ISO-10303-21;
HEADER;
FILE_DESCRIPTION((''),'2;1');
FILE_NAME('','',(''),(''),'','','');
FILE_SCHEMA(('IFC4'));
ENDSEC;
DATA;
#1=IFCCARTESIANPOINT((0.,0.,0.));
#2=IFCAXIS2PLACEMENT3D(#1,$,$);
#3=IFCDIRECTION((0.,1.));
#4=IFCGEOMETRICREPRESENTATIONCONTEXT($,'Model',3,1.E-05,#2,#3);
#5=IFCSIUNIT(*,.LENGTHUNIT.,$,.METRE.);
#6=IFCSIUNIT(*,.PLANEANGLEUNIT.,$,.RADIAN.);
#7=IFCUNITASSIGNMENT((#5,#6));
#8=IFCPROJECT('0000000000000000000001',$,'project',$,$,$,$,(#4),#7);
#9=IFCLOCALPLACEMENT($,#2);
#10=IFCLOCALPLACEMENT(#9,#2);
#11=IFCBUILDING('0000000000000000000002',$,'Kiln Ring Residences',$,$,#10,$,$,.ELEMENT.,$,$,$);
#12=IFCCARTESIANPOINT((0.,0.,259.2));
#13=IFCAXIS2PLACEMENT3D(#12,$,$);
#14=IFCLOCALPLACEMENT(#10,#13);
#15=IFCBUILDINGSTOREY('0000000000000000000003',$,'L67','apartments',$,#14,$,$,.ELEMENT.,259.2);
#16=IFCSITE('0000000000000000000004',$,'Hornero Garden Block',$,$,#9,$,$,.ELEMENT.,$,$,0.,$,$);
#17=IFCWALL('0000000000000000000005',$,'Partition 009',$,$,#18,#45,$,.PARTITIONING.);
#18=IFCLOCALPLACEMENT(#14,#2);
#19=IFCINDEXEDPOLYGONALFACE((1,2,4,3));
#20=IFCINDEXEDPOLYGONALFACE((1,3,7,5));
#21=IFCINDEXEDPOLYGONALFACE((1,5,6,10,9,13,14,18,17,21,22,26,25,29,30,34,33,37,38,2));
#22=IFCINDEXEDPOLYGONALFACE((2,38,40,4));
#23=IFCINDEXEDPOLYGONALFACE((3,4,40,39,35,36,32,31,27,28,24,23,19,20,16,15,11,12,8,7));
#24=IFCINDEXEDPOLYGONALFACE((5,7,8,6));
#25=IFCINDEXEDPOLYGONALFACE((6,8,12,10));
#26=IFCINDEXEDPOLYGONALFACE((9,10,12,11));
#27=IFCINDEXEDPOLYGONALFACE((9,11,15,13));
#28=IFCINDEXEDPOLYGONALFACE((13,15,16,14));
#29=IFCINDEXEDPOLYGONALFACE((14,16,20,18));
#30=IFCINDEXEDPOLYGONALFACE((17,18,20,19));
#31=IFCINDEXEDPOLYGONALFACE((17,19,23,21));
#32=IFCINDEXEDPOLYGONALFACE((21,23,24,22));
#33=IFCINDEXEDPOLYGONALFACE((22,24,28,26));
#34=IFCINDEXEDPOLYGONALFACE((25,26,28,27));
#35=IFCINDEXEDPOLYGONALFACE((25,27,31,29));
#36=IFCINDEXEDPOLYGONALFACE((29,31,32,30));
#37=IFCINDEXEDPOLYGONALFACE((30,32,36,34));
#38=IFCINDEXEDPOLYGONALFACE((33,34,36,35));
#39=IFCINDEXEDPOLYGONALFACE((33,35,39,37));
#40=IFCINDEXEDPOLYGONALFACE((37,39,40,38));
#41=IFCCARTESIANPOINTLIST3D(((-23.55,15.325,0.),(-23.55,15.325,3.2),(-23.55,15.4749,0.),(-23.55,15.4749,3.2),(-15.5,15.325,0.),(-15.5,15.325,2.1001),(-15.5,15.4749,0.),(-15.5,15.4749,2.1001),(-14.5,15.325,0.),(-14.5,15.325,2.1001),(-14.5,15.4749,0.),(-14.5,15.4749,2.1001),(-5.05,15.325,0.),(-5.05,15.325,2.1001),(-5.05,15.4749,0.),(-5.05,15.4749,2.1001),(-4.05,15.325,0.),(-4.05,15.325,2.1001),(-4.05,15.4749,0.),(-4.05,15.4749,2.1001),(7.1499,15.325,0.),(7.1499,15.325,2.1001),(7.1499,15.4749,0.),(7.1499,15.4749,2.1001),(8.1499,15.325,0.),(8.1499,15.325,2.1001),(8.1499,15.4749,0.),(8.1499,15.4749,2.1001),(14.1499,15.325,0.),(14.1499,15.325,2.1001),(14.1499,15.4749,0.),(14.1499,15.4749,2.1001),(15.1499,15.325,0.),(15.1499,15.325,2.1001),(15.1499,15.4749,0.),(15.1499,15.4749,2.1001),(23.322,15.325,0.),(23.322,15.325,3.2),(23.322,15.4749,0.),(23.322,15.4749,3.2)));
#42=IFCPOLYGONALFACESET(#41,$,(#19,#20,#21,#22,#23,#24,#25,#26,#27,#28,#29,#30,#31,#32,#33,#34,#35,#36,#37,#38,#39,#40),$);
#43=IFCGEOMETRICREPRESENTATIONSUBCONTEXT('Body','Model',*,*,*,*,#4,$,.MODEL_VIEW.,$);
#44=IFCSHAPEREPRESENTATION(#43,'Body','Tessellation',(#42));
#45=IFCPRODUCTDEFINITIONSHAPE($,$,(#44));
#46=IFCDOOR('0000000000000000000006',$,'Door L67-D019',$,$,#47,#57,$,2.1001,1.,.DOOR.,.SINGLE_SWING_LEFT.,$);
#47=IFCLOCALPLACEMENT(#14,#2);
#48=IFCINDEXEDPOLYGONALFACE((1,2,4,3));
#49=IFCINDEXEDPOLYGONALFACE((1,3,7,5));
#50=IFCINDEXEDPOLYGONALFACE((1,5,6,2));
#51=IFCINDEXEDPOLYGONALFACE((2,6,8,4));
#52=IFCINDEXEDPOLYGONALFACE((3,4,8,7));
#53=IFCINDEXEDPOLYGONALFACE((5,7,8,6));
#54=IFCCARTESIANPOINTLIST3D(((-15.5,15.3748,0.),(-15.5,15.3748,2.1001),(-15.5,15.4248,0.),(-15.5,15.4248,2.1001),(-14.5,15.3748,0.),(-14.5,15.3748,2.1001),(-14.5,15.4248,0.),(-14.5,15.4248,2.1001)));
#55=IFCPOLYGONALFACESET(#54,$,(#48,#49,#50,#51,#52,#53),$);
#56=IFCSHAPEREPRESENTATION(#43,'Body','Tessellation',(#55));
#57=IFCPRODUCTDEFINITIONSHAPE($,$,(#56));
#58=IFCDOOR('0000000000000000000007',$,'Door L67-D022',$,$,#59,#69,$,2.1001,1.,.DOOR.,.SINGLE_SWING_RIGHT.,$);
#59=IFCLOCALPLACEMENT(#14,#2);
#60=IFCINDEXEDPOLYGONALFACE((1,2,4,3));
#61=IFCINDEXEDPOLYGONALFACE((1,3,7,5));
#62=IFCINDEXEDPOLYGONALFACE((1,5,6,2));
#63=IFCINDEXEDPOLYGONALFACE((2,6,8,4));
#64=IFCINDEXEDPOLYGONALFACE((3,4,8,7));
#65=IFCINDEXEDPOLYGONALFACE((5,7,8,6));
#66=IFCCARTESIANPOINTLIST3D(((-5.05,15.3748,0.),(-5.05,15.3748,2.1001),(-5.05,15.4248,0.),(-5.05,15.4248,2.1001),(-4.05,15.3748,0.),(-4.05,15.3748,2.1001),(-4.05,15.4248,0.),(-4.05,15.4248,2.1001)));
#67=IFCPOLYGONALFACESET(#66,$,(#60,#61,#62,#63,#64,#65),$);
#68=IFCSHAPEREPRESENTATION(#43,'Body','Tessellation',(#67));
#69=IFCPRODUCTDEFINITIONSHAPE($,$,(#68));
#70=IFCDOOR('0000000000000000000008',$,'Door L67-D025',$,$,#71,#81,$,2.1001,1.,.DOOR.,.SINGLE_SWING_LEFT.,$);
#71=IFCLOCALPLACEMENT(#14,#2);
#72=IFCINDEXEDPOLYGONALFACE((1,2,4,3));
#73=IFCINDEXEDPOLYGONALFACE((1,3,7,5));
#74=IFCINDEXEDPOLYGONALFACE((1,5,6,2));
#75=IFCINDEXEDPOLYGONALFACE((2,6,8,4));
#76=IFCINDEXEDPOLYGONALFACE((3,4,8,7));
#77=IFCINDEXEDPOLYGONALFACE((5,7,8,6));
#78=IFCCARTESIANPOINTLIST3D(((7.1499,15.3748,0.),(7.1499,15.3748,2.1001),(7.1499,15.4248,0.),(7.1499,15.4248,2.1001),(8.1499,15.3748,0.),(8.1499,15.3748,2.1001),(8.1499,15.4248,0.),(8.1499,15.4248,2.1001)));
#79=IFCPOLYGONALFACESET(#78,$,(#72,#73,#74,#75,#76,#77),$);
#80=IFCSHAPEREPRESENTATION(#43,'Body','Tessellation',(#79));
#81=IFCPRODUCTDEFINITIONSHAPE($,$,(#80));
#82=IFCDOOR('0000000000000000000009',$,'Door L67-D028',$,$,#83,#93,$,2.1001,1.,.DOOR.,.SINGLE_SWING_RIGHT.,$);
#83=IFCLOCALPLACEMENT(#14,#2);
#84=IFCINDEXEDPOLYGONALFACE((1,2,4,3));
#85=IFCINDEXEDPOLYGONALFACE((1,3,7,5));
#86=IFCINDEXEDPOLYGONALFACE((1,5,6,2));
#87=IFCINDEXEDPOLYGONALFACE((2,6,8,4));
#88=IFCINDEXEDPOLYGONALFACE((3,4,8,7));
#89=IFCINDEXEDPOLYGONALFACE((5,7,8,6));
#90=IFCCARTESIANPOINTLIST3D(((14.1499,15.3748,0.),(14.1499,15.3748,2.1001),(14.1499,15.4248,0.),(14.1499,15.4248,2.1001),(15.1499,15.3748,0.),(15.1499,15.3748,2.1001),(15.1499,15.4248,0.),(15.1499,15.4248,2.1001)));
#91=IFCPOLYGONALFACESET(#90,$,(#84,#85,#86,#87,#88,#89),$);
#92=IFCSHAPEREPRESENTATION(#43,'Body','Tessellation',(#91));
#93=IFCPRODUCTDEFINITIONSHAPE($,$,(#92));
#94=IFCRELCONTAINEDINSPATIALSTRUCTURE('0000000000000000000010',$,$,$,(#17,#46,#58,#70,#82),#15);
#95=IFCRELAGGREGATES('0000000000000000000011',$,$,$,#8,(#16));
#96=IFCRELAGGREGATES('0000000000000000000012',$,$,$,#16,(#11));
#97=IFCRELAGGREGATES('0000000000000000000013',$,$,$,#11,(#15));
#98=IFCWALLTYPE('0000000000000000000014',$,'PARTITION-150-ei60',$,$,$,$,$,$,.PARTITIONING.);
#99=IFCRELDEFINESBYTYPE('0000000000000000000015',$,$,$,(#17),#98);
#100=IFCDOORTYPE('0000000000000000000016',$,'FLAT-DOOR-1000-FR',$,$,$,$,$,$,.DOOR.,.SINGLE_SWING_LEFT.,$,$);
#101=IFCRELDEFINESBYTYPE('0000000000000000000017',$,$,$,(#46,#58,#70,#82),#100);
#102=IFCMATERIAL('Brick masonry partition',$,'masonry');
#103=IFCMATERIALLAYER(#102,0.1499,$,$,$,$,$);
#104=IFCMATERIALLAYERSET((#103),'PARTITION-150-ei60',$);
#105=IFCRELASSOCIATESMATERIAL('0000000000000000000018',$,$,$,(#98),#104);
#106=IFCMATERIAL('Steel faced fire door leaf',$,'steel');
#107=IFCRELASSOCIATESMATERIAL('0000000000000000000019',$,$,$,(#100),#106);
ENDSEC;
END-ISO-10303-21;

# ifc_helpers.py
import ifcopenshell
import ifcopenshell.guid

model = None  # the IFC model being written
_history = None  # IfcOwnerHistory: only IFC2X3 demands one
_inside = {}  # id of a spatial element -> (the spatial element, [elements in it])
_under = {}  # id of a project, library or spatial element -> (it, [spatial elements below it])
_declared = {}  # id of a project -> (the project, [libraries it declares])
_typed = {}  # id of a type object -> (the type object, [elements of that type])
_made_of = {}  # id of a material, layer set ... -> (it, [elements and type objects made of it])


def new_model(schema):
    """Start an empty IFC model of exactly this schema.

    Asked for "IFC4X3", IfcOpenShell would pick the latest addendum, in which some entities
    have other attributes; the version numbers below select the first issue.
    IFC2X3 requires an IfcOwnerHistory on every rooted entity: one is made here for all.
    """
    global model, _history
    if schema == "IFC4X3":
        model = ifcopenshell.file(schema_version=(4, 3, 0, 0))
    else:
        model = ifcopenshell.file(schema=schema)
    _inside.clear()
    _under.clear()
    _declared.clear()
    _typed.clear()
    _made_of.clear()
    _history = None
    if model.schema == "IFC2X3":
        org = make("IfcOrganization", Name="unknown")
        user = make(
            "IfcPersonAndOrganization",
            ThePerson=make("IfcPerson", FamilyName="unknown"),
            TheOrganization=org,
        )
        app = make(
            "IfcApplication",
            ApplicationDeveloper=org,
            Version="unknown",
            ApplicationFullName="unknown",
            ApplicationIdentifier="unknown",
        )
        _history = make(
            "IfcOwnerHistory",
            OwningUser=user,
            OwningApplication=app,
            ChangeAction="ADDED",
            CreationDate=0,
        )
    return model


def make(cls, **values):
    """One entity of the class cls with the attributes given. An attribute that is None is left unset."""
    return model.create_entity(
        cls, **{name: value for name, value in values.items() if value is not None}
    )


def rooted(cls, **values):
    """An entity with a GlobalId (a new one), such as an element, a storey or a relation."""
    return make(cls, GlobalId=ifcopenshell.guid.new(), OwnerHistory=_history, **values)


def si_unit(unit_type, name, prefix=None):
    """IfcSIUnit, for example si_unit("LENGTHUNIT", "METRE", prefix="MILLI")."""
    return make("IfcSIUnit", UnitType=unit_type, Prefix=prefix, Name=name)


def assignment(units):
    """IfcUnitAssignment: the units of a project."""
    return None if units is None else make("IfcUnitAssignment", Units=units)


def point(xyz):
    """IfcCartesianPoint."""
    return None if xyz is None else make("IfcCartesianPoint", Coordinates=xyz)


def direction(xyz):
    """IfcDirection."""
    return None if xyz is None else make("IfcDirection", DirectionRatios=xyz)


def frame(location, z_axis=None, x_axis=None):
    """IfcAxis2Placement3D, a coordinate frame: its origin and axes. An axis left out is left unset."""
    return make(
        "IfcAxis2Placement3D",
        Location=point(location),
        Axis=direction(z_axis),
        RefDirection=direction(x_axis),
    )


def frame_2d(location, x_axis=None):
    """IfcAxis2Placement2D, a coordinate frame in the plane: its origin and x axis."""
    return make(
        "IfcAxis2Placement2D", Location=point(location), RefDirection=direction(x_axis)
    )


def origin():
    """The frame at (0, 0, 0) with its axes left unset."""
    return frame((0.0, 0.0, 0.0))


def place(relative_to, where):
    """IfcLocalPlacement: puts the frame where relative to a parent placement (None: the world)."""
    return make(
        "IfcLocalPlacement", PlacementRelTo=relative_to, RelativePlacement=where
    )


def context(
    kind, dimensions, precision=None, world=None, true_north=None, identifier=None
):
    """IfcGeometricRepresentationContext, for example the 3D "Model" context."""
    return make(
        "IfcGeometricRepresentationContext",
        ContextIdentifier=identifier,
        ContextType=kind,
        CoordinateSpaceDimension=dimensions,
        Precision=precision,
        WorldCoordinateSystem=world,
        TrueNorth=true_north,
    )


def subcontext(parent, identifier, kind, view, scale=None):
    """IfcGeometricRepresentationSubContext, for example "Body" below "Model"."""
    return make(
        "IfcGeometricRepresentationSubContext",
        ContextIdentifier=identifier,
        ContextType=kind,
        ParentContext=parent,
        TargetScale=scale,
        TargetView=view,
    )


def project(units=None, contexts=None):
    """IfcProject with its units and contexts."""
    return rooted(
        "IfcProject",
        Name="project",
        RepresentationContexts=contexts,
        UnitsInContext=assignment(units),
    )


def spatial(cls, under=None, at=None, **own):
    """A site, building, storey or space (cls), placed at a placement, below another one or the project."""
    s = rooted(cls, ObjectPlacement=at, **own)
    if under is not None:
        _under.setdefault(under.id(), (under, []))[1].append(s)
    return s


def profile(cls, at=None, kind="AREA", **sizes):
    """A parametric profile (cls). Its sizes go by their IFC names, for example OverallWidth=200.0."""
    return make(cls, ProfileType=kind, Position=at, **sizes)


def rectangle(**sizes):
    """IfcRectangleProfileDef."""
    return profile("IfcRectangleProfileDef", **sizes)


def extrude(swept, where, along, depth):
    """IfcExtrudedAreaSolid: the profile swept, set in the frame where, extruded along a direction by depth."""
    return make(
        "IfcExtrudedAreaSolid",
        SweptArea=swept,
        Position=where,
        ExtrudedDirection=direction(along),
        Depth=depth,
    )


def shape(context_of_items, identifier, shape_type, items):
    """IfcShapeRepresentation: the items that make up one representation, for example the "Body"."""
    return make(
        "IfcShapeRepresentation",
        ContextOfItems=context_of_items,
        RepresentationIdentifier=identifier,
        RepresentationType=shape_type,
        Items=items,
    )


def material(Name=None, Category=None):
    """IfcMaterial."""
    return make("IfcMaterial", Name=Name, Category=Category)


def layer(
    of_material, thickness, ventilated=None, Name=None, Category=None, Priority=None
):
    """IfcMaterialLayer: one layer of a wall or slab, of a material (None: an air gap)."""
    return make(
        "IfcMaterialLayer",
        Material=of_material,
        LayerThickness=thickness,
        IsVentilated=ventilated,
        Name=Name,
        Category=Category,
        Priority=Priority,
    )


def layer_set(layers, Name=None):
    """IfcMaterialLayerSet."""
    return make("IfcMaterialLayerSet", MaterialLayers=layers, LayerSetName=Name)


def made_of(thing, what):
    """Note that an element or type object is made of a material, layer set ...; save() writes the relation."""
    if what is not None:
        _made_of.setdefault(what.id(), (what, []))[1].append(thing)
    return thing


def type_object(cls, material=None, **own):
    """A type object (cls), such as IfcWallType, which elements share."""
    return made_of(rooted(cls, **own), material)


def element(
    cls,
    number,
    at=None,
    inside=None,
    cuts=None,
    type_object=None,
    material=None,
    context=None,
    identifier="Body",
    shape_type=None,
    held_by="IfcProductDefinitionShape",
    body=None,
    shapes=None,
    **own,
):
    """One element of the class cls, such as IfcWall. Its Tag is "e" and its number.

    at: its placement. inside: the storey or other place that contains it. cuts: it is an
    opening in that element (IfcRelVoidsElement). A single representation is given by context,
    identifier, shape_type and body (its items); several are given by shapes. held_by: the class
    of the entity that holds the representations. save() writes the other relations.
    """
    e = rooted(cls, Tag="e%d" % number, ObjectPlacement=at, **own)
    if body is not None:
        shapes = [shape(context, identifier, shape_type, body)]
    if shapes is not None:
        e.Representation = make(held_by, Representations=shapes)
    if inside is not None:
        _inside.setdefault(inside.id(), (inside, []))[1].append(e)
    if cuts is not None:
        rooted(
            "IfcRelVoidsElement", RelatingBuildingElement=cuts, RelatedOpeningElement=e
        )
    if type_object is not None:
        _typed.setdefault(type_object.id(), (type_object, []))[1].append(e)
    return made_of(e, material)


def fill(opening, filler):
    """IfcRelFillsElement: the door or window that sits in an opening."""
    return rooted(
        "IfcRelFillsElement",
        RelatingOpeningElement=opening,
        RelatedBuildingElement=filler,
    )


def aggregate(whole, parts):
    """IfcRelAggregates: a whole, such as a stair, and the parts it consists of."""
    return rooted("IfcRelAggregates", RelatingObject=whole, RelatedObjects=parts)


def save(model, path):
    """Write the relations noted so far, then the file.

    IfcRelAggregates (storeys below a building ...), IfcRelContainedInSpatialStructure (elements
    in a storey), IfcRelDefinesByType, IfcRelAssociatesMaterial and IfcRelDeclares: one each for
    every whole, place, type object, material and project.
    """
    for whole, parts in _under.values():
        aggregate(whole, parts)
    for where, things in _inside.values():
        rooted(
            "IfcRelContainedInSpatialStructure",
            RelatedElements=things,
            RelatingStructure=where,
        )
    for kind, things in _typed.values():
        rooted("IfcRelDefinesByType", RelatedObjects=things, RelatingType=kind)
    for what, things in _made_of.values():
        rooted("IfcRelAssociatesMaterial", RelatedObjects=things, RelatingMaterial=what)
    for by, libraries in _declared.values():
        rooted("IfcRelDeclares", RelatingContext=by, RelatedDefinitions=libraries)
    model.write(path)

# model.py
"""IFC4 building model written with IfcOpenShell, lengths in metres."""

from ifc_helpers import new_model, si_unit, direction, frame, frame_2d, origin, place, context, subcontext, project, spatial, rectangle, extrude, material, layer, layer_set, type_object, element, fill, save


model = new_model("IFC4")

# Units and contexts
model_context = context("Model", 3, precision=1e-05, world=origin(), true_north=direction((0.0, 1.0)))
body_context = subcontext(model_context, "Body", "Model", "MODEL_VIEW")
ifc_project = project(units=[si_unit("LENGTHUNIT", "METRE"), si_unit("PLANEANGLEUNIT", "RADIAN")], contexts=[model_context])

# Site, building, storey
site_placement = place(None, origin())
site = spatial("IfcSite", under=ifc_project, at=site_placement, Name="Hornero Garden Block", CompositionType="ELEMENT", RefElevation=0.0)
building_placement = place(site_placement, origin())
building = spatial("IfcBuilding", under=site, at=building_placement, Name="Kiln Ring Residences", CompositionType="ELEMENT")
storey_placement = place(building_placement, frame((0.0, 0.0, 259.2)))
storey = spatial("IfcBuildingStorey", under=building, at=storey_placement, Name="L67", Description="apartments", CompositionType="ELEMENT", Elevation=259.2)

# Shared definitions
ifc_material_1 = material(Name="Brick masonry partition", Category="masonry")
ifc_layer_1 = layer(ifc_material_1, 0.1499)
ifc_layer_set_1 = layer_set([ifc_layer_1], Name="PARTITION-150-ei60")
wall_type_1 = type_object("IfcWallType", Name="PARTITION-150-ei60", PredefinedType="PARTITIONING", material=ifc_layer_set_1)
ifc_material_2 = material(Name="Steel faced fire door leaf", Category="steel")
door_type_1 = type_object("IfcDoorType", Name="FLAT-DOOR-1000-FR", OperationType="SINGLE_SWING_LEFT", PredefinedType="DOOR", material=ifc_material_2)

# Wall, openings, doors
wall_1_placement = place(storey_placement, frame((-23.55, 15.3999, 0.0), z_axis=(0.0, 0.0, 1.0), x_axis=(1.0, 0.0, 0.0)))
wall_1 = element("IfcWall", 1, at=wall_1_placement, inside=storey, type_object=wall_type_1, Name="Partition 009", PredefinedType="PARTITIONING", context=body_context, shape_type="SweptSolid", body=[
    extrude(rectangle(XDim=46.8721, YDim=0.1499, at=frame_2d((23.436, 0.0))), origin(), (0.0, 0.0, 1.0), 3.2),
])
opening_1_placement = place(wall_1_placement, frame((8.05, 0.0, 0.0)))
opening_1 = element("IfcOpeningElement", 2, at=opening_1_placement, cuts=wall_1, PredefinedType="OPENING", context=body_context, shape_type="SweptSolid", body=[
    extrude(rectangle(XDim=1.0, YDim=2.1001, at=frame_2d((0.5, 1.05))), frame((0.0, 0.085, 0.0), z_axis=(0.0, -1.0, 0.0), x_axis=(1.0, 0.0, 0.0)), (0.0, 0.0, 1.0), 0.1699),
])
opening_2_placement = place(wall_1_placement, frame((18.5, 0.0, 0.0)))
opening_2 = element("IfcOpeningElement", 3, at=opening_2_placement, cuts=wall_1, PredefinedType="OPENING", context=body_context, shape_type="SweptSolid", body=[
    extrude(rectangle(XDim=1.0, YDim=2.1001, at=frame_2d((0.5, 1.05))), frame((0.0, 0.085, 0.0), z_axis=(0.0, -1.0, 0.0), x_axis=(1.0, 0.0, 0.0)), (0.0, 0.0, 1.0), 0.1699),
])
opening_3_placement = place(wall_1_placement, frame((30.7, 0.0, 0.0)))
opening_3 = element("IfcOpeningElement", 4, at=opening_3_placement, cuts=wall_1, PredefinedType="OPENING", context=body_context, shape_type="SweptSolid", body=[
    extrude(rectangle(XDim=1.0, YDim=2.1001, at=frame_2d((0.5, 1.05))), frame((0.0, 0.085, 0.0), z_axis=(0.0, -1.0, 0.0), x_axis=(1.0, 0.0, 0.0)), (0.0, 0.0, 1.0), 0.1699),
])
opening_4_placement = place(wall_1_placement, frame((37.7, 0.0, 0.0)))
opening_4 = element("IfcOpeningElement", 5, at=opening_4_placement, cuts=wall_1, PredefinedType="OPENING", context=body_context, shape_type="SweptSolid", body=[
    extrude(rectangle(XDim=1.0, YDim=2.1001, at=frame_2d((0.5, 1.05))), frame((0.0, 0.085, 0.0), z_axis=(0.0, -1.0, 0.0), x_axis=(1.0, 0.0, 0.0)), (0.0, 0.0, 1.0), 0.1699),
])
door_1_placement = place(opening_1_placement, origin())
door_1 = element("IfcDoor", 6, at=door_1_placement, inside=storey, type_object=door_type_1, Name="Door L67-D019", OperationType="SINGLE_SWING_LEFT", OverallHeight=2.1001, OverallWidth=1.0, PredefinedType="DOOR", context=body_context, shape_type="SweptSolid", body=[
    extrude(rectangle(XDim=1.0, YDim=2.1001, at=frame_2d((0.5, 1.05))), frame((0.0, 0.0249, 0.0), z_axis=(0.0, -1.0, 0.0), x_axis=(1.0, 0.0, 0.0)), (0.0, 0.0, 1.0), 0.05),
])
fill(opening_1, door_1)
door_2_placement = place(opening_2_placement, origin())
door_2 = element("IfcDoor", 7, at=door_2_placement, inside=storey, type_object=door_type_1, Name="Door L67-D022", OperationType="SINGLE_SWING_RIGHT", OverallHeight=2.1001, OverallWidth=1.0, PredefinedType="DOOR", context=body_context, shape_type="SweptSolid", body=[
    extrude(rectangle(XDim=1.0, YDim=2.1001, at=frame_2d((0.5, 1.05))), frame((0.0, 0.0249, 0.0), z_axis=(0.0, -1.0, 0.0), x_axis=(1.0, 0.0, 0.0)), (0.0, 0.0, 1.0), 0.05),
])
fill(opening_2, door_2)
door_3_placement = place(opening_3_placement, origin())
door_3 = element("IfcDoor", 8, at=door_3_placement, inside=storey, type_object=door_type_1, Name="Door L67-D025", OperationType="SINGLE_SWING_LEFT", OverallHeight=2.1001, OverallWidth=1.0, PredefinedType="DOOR", context=body_context, shape_type="SweptSolid", body=[
    extrude(rectangle(XDim=1.0, YDim=2.1001, at=frame_2d((0.5, 1.05))), frame((0.0, 0.0249, 0.0), z_axis=(0.0, -1.0, 0.0), x_axis=(1.0, 0.0, 0.0)), (0.0, 0.0, 1.0), 0.05),
])
fill(opening_3, door_3)
door_4_placement = place(opening_4_placement, origin())
door_4 = element("IfcDoor", 9, at=door_4_placement, inside=storey, type_object=door_type_1, Name="Door L67-D028", OperationType="SINGLE_SWING_RIGHT", OverallHeight=2.1001, OverallWidth=1.0, PredefinedType="DOOR", context=body_context, shape_type="SweptSolid", body=[
    extrude(rectangle(XDim=1.0, YDim=2.1001, at=frame_2d((0.5, 1.05))), frame((0.0, 0.0249, 0.0), z_axis=(0.0, -1.0, 0.0), x_axis=(1.0, 0.0, 0.0)), (0.0, 0.0, 1.0), 0.05),
])
fill(opening_4, door_4)

save(model, "model.ifc")
